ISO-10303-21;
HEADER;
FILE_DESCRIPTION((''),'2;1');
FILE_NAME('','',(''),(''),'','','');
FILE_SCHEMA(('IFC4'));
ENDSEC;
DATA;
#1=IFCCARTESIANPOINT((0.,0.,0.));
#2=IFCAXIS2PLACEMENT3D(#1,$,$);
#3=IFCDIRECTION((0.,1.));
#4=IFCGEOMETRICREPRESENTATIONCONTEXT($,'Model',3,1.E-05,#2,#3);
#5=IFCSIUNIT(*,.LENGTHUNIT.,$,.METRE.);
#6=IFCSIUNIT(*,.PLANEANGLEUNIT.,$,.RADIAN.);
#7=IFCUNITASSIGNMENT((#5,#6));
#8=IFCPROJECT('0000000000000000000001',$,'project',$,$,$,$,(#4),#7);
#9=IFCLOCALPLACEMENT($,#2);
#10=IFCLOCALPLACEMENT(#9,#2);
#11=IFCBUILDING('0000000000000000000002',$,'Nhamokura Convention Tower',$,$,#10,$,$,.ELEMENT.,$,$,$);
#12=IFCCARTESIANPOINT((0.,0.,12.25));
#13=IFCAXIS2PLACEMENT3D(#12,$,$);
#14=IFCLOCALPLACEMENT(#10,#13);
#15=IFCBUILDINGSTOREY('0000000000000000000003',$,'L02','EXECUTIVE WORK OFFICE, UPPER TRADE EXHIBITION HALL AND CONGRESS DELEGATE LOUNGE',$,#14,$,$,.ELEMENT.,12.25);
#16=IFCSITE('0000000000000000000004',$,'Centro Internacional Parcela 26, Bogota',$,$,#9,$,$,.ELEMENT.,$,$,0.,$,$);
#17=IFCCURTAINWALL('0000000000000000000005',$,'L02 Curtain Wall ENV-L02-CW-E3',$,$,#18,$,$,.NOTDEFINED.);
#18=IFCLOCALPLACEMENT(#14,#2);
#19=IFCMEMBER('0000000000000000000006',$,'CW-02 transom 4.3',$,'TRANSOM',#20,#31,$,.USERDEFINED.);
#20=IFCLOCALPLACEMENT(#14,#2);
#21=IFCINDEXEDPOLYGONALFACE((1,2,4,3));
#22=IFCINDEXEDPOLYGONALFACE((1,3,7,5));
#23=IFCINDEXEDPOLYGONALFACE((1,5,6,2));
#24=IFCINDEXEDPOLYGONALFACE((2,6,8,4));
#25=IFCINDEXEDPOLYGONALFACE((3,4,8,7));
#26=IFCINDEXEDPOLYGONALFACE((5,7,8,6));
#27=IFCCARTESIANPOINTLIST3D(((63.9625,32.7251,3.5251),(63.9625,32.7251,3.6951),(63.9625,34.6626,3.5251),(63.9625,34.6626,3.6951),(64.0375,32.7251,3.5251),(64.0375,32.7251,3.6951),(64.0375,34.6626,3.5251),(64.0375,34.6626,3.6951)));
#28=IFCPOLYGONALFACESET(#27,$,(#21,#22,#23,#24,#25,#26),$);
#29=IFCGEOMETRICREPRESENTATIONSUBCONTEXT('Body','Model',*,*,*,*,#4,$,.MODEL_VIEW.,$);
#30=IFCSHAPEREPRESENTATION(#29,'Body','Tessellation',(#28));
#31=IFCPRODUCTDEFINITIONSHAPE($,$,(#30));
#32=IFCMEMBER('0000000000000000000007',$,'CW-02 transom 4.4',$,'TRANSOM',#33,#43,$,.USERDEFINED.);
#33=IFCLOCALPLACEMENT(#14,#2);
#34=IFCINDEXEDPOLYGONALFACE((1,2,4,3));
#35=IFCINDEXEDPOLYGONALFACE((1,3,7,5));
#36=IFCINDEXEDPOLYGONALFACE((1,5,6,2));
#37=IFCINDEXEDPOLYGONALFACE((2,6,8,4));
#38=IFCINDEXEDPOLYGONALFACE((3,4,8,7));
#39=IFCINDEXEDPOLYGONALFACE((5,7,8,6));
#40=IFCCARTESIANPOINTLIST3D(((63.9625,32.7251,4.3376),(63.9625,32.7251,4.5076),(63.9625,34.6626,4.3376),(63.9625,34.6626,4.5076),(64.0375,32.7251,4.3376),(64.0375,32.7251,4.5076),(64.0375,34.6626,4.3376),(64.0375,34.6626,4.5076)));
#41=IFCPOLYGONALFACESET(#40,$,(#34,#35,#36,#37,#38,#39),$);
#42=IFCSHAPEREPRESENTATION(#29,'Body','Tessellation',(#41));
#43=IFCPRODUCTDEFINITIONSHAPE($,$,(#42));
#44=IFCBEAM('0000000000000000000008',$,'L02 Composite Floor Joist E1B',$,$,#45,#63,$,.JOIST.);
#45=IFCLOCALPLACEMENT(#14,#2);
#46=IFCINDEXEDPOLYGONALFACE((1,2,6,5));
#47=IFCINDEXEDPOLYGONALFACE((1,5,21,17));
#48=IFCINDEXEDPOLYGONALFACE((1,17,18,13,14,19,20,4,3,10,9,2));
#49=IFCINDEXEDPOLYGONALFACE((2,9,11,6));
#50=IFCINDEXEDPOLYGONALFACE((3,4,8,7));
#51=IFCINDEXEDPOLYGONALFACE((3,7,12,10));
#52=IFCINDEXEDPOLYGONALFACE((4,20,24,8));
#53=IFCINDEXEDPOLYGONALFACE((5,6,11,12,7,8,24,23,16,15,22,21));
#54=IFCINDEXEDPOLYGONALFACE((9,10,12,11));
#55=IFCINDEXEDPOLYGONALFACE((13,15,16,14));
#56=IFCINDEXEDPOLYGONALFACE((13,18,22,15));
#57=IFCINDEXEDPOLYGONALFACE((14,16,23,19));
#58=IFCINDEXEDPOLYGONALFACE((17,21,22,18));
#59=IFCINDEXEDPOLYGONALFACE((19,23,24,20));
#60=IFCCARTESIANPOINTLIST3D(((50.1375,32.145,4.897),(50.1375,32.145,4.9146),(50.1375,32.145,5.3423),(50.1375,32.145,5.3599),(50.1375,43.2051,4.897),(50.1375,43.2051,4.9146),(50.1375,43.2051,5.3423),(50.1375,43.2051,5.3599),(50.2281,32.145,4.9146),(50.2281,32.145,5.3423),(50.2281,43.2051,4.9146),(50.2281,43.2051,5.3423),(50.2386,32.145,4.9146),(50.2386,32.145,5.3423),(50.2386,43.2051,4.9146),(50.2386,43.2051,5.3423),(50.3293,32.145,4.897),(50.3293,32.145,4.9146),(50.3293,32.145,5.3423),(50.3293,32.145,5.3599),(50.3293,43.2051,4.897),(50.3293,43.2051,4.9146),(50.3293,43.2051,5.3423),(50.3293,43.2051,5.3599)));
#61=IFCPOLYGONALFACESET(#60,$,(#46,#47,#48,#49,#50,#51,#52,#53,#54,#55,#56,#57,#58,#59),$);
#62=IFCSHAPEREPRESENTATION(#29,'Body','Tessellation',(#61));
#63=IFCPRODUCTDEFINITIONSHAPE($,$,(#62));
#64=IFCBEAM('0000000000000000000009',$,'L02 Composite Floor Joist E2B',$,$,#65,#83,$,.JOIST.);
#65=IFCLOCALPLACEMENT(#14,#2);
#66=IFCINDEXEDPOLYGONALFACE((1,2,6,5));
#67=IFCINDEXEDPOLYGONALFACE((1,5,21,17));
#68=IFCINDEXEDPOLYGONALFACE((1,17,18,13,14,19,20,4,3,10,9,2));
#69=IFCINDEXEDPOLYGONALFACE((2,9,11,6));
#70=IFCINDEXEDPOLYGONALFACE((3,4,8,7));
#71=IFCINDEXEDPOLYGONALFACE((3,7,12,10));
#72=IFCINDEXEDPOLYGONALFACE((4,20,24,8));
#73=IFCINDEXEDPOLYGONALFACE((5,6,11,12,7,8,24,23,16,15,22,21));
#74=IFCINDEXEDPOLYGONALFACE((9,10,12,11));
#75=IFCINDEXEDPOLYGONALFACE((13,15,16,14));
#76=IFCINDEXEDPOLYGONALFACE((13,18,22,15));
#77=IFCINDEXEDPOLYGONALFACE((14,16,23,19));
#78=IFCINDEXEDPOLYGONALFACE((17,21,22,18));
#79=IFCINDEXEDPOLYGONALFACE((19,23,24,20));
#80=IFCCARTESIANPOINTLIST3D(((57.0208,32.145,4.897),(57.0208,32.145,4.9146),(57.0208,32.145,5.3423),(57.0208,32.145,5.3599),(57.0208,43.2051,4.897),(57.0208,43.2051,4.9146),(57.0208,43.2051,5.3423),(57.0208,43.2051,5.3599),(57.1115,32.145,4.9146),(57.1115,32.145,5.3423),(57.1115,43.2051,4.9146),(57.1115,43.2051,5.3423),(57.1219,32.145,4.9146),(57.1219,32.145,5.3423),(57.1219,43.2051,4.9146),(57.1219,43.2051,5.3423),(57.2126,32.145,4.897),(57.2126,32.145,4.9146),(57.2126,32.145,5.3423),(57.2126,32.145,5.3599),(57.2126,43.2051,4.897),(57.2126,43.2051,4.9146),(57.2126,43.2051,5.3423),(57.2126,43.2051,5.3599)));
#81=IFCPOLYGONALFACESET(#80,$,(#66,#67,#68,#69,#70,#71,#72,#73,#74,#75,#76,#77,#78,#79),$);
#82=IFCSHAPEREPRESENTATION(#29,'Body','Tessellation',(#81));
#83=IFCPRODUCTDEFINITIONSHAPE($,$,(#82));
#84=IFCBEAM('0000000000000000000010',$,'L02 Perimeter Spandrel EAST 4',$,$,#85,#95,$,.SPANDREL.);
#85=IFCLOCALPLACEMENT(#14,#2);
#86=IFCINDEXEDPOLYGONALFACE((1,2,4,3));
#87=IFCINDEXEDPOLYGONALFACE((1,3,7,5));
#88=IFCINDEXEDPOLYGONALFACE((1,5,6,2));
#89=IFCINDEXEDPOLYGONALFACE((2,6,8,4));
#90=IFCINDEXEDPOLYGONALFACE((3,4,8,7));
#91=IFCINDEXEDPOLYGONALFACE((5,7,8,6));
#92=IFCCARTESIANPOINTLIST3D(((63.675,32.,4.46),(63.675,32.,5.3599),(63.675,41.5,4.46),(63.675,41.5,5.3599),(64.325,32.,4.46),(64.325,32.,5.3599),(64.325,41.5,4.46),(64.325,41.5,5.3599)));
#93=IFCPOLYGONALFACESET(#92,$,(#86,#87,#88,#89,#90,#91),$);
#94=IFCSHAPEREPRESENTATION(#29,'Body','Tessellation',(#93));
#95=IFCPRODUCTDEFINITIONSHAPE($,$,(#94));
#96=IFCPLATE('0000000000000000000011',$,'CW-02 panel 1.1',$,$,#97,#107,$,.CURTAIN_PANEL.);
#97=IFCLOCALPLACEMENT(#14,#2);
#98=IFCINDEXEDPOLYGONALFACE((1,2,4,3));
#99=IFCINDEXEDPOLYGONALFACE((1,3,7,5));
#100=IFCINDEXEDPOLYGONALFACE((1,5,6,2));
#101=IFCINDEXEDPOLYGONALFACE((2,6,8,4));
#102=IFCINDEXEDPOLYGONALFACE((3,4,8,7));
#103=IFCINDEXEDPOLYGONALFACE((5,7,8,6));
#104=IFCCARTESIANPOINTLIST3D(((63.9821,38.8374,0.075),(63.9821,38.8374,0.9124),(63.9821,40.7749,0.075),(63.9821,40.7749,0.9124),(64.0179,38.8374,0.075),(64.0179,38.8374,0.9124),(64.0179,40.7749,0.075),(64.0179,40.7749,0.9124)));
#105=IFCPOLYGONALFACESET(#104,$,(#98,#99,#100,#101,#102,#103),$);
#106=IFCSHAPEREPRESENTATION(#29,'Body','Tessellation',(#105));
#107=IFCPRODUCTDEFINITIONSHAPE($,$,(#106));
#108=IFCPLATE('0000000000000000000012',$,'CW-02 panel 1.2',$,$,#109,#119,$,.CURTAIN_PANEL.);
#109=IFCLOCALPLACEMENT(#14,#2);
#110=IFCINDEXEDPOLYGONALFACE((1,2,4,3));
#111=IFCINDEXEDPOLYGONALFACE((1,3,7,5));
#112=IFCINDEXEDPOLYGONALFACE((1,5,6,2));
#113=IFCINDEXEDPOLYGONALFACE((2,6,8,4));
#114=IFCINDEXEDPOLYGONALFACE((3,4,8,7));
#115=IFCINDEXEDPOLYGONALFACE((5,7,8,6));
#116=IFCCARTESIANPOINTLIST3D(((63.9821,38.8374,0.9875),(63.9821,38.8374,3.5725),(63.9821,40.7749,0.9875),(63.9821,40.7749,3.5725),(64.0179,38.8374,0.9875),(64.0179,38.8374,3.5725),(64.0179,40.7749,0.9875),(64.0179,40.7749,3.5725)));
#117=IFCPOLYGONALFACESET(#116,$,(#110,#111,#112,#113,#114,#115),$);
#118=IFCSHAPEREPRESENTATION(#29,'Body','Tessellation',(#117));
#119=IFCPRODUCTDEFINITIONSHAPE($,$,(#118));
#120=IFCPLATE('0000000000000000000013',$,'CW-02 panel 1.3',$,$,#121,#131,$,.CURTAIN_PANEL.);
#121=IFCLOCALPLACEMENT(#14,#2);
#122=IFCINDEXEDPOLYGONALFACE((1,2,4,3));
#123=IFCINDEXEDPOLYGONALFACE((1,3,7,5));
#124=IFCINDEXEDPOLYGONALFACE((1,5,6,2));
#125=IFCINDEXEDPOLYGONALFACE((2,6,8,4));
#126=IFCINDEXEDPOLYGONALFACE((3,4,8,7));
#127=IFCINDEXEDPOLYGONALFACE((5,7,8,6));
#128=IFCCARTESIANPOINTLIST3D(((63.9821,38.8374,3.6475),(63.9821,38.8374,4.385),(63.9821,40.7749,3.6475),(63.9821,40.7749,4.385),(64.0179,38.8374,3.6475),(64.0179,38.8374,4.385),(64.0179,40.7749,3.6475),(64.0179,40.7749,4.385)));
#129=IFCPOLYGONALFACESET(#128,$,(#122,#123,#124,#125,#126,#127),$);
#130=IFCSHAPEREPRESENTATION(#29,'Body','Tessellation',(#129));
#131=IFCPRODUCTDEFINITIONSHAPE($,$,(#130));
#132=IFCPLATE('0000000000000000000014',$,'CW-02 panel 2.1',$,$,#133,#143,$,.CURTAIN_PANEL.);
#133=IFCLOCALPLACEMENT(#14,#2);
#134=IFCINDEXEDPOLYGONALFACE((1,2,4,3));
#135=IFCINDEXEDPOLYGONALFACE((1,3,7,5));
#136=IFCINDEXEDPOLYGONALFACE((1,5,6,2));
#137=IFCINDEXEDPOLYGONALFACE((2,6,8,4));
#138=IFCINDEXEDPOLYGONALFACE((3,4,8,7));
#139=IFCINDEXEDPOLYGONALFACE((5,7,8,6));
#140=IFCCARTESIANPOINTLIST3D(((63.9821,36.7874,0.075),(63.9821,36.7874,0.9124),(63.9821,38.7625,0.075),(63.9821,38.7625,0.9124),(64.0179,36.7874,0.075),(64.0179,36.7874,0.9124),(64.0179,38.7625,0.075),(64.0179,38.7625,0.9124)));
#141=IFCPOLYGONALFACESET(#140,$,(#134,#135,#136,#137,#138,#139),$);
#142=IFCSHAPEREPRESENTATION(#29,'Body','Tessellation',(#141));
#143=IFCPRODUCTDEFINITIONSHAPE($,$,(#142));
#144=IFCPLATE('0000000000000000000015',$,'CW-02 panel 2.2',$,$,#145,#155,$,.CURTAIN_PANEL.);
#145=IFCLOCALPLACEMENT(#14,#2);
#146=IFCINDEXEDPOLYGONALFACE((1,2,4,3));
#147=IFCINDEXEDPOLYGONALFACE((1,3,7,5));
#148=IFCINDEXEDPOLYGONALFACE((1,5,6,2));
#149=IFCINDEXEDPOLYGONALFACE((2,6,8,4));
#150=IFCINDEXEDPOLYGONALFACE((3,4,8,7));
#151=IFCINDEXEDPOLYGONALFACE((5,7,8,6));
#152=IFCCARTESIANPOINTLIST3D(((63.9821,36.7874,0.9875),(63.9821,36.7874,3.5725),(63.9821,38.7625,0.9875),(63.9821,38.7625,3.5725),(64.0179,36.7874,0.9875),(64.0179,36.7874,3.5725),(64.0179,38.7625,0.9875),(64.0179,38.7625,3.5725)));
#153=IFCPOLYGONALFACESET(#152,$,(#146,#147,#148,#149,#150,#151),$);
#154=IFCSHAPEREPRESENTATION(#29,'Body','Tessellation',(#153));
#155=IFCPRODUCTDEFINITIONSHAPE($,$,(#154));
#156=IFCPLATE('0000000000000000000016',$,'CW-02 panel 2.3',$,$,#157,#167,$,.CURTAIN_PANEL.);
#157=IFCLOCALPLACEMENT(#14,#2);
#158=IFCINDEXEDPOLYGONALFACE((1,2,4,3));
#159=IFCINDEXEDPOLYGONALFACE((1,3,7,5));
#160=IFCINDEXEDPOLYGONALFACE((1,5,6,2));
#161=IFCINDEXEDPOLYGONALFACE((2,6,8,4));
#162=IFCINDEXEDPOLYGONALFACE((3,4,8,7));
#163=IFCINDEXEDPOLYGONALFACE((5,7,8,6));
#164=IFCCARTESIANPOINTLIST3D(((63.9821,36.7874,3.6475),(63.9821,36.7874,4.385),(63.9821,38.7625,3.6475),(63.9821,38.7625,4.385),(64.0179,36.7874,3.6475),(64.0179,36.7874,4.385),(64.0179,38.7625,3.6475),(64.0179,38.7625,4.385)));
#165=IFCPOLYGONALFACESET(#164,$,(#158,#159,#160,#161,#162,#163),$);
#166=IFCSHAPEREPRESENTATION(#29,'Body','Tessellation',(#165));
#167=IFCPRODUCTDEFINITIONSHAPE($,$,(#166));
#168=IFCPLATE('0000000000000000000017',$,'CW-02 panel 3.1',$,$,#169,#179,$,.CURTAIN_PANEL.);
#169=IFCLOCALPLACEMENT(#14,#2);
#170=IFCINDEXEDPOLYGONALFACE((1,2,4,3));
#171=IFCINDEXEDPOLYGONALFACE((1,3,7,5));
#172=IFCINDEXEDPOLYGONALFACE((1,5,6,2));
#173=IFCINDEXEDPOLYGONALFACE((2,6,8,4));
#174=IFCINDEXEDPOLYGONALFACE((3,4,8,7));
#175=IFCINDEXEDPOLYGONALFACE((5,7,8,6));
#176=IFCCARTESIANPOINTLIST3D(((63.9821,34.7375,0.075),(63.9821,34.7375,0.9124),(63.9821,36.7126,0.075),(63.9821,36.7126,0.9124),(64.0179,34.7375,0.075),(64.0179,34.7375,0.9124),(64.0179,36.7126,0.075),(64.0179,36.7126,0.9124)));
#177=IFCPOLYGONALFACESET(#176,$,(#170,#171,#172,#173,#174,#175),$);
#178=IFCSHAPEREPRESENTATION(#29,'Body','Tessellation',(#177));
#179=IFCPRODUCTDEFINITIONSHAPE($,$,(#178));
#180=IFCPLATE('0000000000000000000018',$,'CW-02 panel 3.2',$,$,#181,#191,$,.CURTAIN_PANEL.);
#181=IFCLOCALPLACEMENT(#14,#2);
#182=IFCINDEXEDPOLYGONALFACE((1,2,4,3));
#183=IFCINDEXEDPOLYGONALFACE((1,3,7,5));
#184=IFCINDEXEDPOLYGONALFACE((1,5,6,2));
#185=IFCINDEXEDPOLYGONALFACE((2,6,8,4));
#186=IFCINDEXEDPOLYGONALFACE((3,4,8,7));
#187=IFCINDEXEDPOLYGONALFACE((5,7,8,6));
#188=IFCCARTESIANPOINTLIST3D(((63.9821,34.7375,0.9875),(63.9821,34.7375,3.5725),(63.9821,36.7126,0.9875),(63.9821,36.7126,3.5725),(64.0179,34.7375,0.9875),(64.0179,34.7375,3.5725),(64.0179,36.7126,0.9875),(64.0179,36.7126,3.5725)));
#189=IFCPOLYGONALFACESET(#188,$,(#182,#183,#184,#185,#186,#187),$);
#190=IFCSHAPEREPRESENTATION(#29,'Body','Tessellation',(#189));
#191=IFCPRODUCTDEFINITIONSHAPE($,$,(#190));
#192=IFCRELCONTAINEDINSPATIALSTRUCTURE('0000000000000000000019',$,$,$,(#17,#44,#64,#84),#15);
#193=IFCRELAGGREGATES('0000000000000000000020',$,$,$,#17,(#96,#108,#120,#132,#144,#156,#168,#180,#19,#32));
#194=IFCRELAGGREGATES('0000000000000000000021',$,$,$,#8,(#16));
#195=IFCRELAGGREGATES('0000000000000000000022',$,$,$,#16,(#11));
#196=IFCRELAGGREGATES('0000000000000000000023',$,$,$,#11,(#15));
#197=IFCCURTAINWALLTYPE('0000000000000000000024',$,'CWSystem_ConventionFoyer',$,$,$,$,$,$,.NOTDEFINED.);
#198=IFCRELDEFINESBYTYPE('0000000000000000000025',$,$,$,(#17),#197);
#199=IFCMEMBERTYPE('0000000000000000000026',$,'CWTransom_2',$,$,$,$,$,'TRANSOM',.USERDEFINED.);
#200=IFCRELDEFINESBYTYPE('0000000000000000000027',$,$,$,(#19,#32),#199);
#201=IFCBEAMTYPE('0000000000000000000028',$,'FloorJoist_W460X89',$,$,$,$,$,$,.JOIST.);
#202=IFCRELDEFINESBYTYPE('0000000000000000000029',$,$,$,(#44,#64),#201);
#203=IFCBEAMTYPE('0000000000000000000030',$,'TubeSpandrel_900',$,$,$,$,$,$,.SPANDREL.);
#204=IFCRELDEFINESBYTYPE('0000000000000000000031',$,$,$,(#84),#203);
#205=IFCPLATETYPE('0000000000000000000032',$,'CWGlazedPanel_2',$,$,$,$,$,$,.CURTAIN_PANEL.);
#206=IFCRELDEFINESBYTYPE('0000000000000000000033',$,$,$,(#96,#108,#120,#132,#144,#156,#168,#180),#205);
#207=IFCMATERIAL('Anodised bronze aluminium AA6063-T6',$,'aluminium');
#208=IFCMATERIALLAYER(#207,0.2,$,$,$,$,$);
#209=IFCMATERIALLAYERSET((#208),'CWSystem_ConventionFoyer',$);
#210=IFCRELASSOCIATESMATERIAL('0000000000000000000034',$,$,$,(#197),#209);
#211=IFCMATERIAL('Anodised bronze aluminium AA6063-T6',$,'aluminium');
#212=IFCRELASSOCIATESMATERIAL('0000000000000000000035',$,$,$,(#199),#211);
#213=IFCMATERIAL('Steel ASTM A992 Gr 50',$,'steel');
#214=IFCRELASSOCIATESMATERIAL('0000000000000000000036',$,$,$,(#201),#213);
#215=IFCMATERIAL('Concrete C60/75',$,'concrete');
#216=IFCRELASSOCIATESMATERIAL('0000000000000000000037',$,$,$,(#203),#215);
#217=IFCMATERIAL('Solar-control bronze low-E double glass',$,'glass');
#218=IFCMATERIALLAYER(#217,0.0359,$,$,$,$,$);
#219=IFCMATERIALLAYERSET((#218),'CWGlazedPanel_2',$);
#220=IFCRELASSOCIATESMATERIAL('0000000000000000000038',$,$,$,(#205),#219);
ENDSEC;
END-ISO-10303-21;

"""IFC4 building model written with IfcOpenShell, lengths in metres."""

from ifc_helpers import new_model, si_unit, direction, frame, origin, origin_2d, place, context, subcontext, project, spatial, rectangle, i_section, extrude, material, layer, layer_set, material_profile, profile_set, type_object, element, aggregate, save


model = new_model("IFC4")

# Units and contexts
model_context = context("Model", 3, precision=1e-05, world=origin(), true_north=direction((0.0, 1.0)))
body_context = subcontext(model_context, "Body", "Model", "MODEL_VIEW")
ifc_project = project(units=[si_unit("LENGTHUNIT", "METRE"), si_unit("PLANEANGLEUNIT", "RADIAN")], contexts=[model_context])

# Site, building, storey
site_placement = place(None, origin())
site = spatial("IfcSite", under=ifc_project, at=site_placement, Name="Centro Internacional Parcela 26, Bogota", CompositionType="ELEMENT", RefElevation=0.0)
building_placement = place(site_placement, origin())
building = spatial("IfcBuilding", under=site, at=building_placement, Name="Nhamokura Convention Tower", CompositionType="ELEMENT")
storey_placement = place(building_placement, frame((0.0, 0.0, 12.25)))
storey = spatial("IfcBuildingStorey", under=building, at=storey_placement, Name="L02", Description="EXECUTIVE WORK OFFICE, UPPER TRADE EXHIBITION HALL AND CONGRESS DELEGATE LOUNGE", CompositionType="ELEMENT", Elevation=12.25)

# Curtain wall, members
ifc_material_1 = material(Name="Anodised bronze aluminium AA6063-T6", Category="aluminium")
ifc_layer_1 = layer(ifc_material_1, 0.2)
ifc_layer_set_1 = layer_set([ifc_layer_1], Name="CWSystem_ConventionFoyer")
curtain_wall_type = type_object("IfcCurtainWallType", Name="CWSystem_ConventionFoyer", PredefinedType="NOTDEFINED", material=ifc_layer_set_1)
curtain_wall_placement = place(storey_placement, origin())
curtain_wall = element("IfcCurtainWall", 1, at=curtain_wall_placement, inside=storey, type_object=curtain_wall_type, Name="L02 Curtain Wall ENV-L02-CW-E3", PredefinedType="NOTDEFINED")
ifc_material_2 = material(Name="Anodised bronze aluminium AA6063-T6", Category="aluminium")
ifc_material_profile_1 = material_profile(ifc_material_2, rectangle(XDim=0.075, YDim=0.1699, at=origin_2d()))
ifc_profile_set_1 = profile_set([ifc_material_profile_1], Name="Anodised bronze aluminium AA6063-T6")
member_type_1 = type_object("IfcMemberType", Name="CWTransom_2", ElementType="TRANSOM", PredefinedType="USERDEFINED", material=ifc_profile_set_1)
member_1_placement = place(storey_placement, frame((64.0, 34.6626, 3.6101), z_axis=(0.0, -1.0, 0.0), x_axis=(1.0, 0.0, 0.0)))
member_1 = element("IfcMember", 2, at=member_1_placement, type_object=member_type_1, Name="CW-02 transom 4.3", ObjectType="TRANSOM", PredefinedType="USERDEFINED", context=body_context, shape_type="SweptSolid", body=[
    extrude(rectangle(XDim=0.075, YDim=0.1699, at=origin_2d()), origin(), (0.0, 0.0, 1.0), 1.9375),
])
member_2_placement = place(storey_placement, frame((64.0, 34.6626, 4.4226), z_axis=(0.0, -1.0, 0.0), x_axis=(1.0, 0.0, 0.0)))
member_2 = element("IfcMember", 3, at=member_2_placement, type_object=member_type_1, Name="CW-02 transom 4.4", ObjectType="TRANSOM", PredefinedType="USERDEFINED", context=body_context, shape_type="SweptSolid", body=[
    extrude(rectangle(XDim=0.075, YDim=0.1699, at=origin_2d()), origin(), (0.0, 0.0, 1.0), 1.9375),
])

# Beams
ifc_material_3 = material(Name="Steel ASTM A992 Gr 50", Category="steel")
ifc_material_profile_2 = material_profile(ifc_material_3, i_section(OverallWidth=0.1919, OverallDepth=0.4629, WebThickness=0.0105, FlangeThickness=0.0176, at=origin_2d()))
ifc_profile_set_2 = profile_set([ifc_material_profile_2], Name="Steel ASTM A992 Gr 50")
beam_type_1 = type_object("IfcBeamType", Name="FloorJoist_W460X89", PredefinedType="JOIST", material=ifc_profile_set_2)
for number, where, z_axis, x_axis, name in (
    (4, (50.2334, 32.145, 5.1284), (0.0, 1.0, 0.0), (-1.0, 0.0, 0.0), "L02 Composite Floor Joist E1B"),
    (5, (57.1167, 32.145, 5.1284), (0.0, 1.0, 0.0), (-1.0, 0.0, 0.0), "L02 Composite Floor Joist E2B"),
):
    element("IfcBeam", number, at=place(storey_placement, frame(where, z_axis=z_axis, x_axis=x_axis)), inside=storey, type_object=beam_type_1, Name=name, PredefinedType="JOIST", context=body_context, shape_type="SweptSolid", body=[
        extrude(i_section(OverallWidth=0.1919, OverallDepth=0.4629, WebThickness=0.0105, FlangeThickness=0.0176, at=origin_2d()), origin(), (0.0, 0.0, 1.0), 11.0601),
    ])
ifc_material_4 = material(Name="Concrete C60/75", Category="concrete")
ifc_material_profile_3 = material_profile(ifc_material_4, rectangle(XDim=0.6499, YDim=0.8999, at=origin_2d()))
ifc_profile_set_3 = profile_set([ifc_material_profile_3], Name="Concrete C60/75")
beam_type_2 = type_object("IfcBeamType", Name="TubeSpandrel_900", PredefinedType="SPANDREL", material=ifc_profile_set_3)
beam_placement = place(storey_placement, frame((64.0, 32.0, 4.9099), z_axis=(0.0, 1.0, 0.0), x_axis=(-1.0, 0.0, 0.0)))
element("IfcBeam", 6, at=beam_placement, inside=storey, type_object=beam_type_2, Name="L02 Perimeter Spandrel EAST 4", PredefinedType="SPANDREL", context=body_context, shape_type="SweptSolid", body=[
    extrude(rectangle(XDim=0.6499, YDim=0.8999, at=origin_2d()), origin(), (0.0, 0.0, 1.0), 9.5),
])

# Plates
ifc_material_5 = material(Name="Solar-control bronze low-E double glass", Category="glass")
ifc_layer_2 = layer(ifc_material_5, 0.0359)
ifc_layer_set_2 = layer_set([ifc_layer_2], Name="CWGlazedPanel_2")
plate_type = type_object("IfcPlateType", Name="CWGlazedPanel_2", PredefinedType="CURTAIN_PANEL", material=ifc_layer_set_2)
plate_1_placement = place(storey_placement, frame((64.0, 39.8062, 0.075), z_axis=(0.0, 0.0, 1.0), x_axis=(0.0, -1.0, 0.0)))
plate_1 = element("IfcPlate", 7, at=plate_1_placement, type_object=plate_type, Name="CW-02 panel 1.1", PredefinedType="CURTAIN_PANEL", context=body_context, shape_type="SweptSolid", body=[
    extrude(rectangle(XDim=1.9375, YDim=0.0359, at=origin_2d()), origin(), (0.0, 0.0, 1.0), 0.8374),
])
plate_2_placement = place(storey_placement, frame((64.0, 39.8062, 0.9875), z_axis=(0.0, 0.0, 1.0), x_axis=(0.0, -1.0, 0.0)))
plate_2 = element("IfcPlate", 8, at=plate_2_placement, type_object=plate_type, Name="CW-02 panel 1.2", PredefinedType="CURTAIN_PANEL", context=body_context, shape_type="SweptSolid", body=[
    extrude(rectangle(XDim=1.9375, YDim=0.0359, at=origin_2d()), origin(), (0.0, 0.0, 1.0), 2.585),
])
plate_3_placement = place(storey_placement, frame((64.0, 39.8062, 3.6475), z_axis=(0.0, 0.0, 1.0), x_axis=(0.0, -1.0, 0.0)))
plate_3 = element("IfcPlate", 9, at=plate_3_placement, type_object=plate_type, Name="CW-02 panel 1.3", PredefinedType="CURTAIN_PANEL", context=body_context, shape_type="SweptSolid", body=[
    extrude(rectangle(XDim=1.9375, YDim=0.0359, at=origin_2d()), origin(), (0.0, 0.0, 1.0), 0.7375),
])
plate_4_placement = place(storey_placement, frame((64.0, 37.7749, 0.075), z_axis=(0.0, 0.0, 1.0), x_axis=(0.0, -1.0, 0.0)))
plate_4 = element("IfcPlate", 10, at=plate_4_placement, type_object=plate_type, Name="CW-02 panel 2.1", PredefinedType="CURTAIN_PANEL", context=body_context, shape_type="SweptSolid", body=[
    extrude(rectangle(XDim=1.9751, YDim=0.0359, at=origin_2d()), origin(), (0.0, 0.0, 1.0), 0.8374),
])
plate_5_placement = place(storey_placement, frame((64.0, 37.7749, 0.9875), z_axis=(0.0, 0.0, 1.0), x_axis=(0.0, -1.0, 0.0)))
plate_5 = element("IfcPlate", 11, at=plate_5_placement, type_object=plate_type, Name="CW-02 panel 2.2", PredefinedType="CURTAIN_PANEL", context=body_context, shape_type="SweptSolid", body=[
    extrude(rectangle(XDim=1.9751, YDim=0.0359, at=origin_2d()), origin(), (0.0, 0.0, 1.0), 2.585),
])
plate_6_placement = place(storey_placement, frame((64.0, 37.7749, 3.6475), z_axis=(0.0, 0.0, 1.0), x_axis=(0.0, -1.0, 0.0)))
plate_6 = element("IfcPlate", 12, at=plate_6_placement, type_object=plate_type, Name="CW-02 panel 2.3", PredefinedType="CURTAIN_PANEL", context=body_context, shape_type="SweptSolid", body=[
    extrude(rectangle(XDim=1.9751, YDim=0.0359, at=origin_2d()), origin(), (0.0, 0.0, 1.0), 0.7375),
])
plate_7_placement = place(storey_placement, frame((64.0, 35.7251, 0.075), z_axis=(0.0, 0.0, 1.0), x_axis=(0.0, -1.0, 0.0)))
plate_7 = element("IfcPlate", 13, at=plate_7_placement, type_object=plate_type, Name="CW-02 panel 3.1", PredefinedType="CURTAIN_PANEL", context=body_context, shape_type="SweptSolid", body=[
    extrude(rectangle(XDim=1.9751, YDim=0.0359, at=origin_2d()), origin(), (0.0, 0.0, 1.0), 0.8374),
])
plate_8_placement = place(storey_placement, frame((64.0, 35.7251, 0.9875), z_axis=(0.0, 0.0, 1.0), x_axis=(0.0, -1.0, 0.0)))
plate_8 = element("IfcPlate", 14, at=plate_8_placement, type_object=plate_type, Name="CW-02 panel 3.2", PredefinedType="CURTAIN_PANEL", context=body_context, shape_type="SweptSolid", body=[
    extrude(rectangle(XDim=1.9751, YDim=0.0359, at=origin_2d()), origin(), (0.0, 0.0, 1.0), 2.585),
])
aggregate(curtain_wall, [plate_1, plate_2, plate_3, plate_4, plate_5, plate_6, plate_7, plate_8, member_1, member_2])

save(model, "model.ifc")
